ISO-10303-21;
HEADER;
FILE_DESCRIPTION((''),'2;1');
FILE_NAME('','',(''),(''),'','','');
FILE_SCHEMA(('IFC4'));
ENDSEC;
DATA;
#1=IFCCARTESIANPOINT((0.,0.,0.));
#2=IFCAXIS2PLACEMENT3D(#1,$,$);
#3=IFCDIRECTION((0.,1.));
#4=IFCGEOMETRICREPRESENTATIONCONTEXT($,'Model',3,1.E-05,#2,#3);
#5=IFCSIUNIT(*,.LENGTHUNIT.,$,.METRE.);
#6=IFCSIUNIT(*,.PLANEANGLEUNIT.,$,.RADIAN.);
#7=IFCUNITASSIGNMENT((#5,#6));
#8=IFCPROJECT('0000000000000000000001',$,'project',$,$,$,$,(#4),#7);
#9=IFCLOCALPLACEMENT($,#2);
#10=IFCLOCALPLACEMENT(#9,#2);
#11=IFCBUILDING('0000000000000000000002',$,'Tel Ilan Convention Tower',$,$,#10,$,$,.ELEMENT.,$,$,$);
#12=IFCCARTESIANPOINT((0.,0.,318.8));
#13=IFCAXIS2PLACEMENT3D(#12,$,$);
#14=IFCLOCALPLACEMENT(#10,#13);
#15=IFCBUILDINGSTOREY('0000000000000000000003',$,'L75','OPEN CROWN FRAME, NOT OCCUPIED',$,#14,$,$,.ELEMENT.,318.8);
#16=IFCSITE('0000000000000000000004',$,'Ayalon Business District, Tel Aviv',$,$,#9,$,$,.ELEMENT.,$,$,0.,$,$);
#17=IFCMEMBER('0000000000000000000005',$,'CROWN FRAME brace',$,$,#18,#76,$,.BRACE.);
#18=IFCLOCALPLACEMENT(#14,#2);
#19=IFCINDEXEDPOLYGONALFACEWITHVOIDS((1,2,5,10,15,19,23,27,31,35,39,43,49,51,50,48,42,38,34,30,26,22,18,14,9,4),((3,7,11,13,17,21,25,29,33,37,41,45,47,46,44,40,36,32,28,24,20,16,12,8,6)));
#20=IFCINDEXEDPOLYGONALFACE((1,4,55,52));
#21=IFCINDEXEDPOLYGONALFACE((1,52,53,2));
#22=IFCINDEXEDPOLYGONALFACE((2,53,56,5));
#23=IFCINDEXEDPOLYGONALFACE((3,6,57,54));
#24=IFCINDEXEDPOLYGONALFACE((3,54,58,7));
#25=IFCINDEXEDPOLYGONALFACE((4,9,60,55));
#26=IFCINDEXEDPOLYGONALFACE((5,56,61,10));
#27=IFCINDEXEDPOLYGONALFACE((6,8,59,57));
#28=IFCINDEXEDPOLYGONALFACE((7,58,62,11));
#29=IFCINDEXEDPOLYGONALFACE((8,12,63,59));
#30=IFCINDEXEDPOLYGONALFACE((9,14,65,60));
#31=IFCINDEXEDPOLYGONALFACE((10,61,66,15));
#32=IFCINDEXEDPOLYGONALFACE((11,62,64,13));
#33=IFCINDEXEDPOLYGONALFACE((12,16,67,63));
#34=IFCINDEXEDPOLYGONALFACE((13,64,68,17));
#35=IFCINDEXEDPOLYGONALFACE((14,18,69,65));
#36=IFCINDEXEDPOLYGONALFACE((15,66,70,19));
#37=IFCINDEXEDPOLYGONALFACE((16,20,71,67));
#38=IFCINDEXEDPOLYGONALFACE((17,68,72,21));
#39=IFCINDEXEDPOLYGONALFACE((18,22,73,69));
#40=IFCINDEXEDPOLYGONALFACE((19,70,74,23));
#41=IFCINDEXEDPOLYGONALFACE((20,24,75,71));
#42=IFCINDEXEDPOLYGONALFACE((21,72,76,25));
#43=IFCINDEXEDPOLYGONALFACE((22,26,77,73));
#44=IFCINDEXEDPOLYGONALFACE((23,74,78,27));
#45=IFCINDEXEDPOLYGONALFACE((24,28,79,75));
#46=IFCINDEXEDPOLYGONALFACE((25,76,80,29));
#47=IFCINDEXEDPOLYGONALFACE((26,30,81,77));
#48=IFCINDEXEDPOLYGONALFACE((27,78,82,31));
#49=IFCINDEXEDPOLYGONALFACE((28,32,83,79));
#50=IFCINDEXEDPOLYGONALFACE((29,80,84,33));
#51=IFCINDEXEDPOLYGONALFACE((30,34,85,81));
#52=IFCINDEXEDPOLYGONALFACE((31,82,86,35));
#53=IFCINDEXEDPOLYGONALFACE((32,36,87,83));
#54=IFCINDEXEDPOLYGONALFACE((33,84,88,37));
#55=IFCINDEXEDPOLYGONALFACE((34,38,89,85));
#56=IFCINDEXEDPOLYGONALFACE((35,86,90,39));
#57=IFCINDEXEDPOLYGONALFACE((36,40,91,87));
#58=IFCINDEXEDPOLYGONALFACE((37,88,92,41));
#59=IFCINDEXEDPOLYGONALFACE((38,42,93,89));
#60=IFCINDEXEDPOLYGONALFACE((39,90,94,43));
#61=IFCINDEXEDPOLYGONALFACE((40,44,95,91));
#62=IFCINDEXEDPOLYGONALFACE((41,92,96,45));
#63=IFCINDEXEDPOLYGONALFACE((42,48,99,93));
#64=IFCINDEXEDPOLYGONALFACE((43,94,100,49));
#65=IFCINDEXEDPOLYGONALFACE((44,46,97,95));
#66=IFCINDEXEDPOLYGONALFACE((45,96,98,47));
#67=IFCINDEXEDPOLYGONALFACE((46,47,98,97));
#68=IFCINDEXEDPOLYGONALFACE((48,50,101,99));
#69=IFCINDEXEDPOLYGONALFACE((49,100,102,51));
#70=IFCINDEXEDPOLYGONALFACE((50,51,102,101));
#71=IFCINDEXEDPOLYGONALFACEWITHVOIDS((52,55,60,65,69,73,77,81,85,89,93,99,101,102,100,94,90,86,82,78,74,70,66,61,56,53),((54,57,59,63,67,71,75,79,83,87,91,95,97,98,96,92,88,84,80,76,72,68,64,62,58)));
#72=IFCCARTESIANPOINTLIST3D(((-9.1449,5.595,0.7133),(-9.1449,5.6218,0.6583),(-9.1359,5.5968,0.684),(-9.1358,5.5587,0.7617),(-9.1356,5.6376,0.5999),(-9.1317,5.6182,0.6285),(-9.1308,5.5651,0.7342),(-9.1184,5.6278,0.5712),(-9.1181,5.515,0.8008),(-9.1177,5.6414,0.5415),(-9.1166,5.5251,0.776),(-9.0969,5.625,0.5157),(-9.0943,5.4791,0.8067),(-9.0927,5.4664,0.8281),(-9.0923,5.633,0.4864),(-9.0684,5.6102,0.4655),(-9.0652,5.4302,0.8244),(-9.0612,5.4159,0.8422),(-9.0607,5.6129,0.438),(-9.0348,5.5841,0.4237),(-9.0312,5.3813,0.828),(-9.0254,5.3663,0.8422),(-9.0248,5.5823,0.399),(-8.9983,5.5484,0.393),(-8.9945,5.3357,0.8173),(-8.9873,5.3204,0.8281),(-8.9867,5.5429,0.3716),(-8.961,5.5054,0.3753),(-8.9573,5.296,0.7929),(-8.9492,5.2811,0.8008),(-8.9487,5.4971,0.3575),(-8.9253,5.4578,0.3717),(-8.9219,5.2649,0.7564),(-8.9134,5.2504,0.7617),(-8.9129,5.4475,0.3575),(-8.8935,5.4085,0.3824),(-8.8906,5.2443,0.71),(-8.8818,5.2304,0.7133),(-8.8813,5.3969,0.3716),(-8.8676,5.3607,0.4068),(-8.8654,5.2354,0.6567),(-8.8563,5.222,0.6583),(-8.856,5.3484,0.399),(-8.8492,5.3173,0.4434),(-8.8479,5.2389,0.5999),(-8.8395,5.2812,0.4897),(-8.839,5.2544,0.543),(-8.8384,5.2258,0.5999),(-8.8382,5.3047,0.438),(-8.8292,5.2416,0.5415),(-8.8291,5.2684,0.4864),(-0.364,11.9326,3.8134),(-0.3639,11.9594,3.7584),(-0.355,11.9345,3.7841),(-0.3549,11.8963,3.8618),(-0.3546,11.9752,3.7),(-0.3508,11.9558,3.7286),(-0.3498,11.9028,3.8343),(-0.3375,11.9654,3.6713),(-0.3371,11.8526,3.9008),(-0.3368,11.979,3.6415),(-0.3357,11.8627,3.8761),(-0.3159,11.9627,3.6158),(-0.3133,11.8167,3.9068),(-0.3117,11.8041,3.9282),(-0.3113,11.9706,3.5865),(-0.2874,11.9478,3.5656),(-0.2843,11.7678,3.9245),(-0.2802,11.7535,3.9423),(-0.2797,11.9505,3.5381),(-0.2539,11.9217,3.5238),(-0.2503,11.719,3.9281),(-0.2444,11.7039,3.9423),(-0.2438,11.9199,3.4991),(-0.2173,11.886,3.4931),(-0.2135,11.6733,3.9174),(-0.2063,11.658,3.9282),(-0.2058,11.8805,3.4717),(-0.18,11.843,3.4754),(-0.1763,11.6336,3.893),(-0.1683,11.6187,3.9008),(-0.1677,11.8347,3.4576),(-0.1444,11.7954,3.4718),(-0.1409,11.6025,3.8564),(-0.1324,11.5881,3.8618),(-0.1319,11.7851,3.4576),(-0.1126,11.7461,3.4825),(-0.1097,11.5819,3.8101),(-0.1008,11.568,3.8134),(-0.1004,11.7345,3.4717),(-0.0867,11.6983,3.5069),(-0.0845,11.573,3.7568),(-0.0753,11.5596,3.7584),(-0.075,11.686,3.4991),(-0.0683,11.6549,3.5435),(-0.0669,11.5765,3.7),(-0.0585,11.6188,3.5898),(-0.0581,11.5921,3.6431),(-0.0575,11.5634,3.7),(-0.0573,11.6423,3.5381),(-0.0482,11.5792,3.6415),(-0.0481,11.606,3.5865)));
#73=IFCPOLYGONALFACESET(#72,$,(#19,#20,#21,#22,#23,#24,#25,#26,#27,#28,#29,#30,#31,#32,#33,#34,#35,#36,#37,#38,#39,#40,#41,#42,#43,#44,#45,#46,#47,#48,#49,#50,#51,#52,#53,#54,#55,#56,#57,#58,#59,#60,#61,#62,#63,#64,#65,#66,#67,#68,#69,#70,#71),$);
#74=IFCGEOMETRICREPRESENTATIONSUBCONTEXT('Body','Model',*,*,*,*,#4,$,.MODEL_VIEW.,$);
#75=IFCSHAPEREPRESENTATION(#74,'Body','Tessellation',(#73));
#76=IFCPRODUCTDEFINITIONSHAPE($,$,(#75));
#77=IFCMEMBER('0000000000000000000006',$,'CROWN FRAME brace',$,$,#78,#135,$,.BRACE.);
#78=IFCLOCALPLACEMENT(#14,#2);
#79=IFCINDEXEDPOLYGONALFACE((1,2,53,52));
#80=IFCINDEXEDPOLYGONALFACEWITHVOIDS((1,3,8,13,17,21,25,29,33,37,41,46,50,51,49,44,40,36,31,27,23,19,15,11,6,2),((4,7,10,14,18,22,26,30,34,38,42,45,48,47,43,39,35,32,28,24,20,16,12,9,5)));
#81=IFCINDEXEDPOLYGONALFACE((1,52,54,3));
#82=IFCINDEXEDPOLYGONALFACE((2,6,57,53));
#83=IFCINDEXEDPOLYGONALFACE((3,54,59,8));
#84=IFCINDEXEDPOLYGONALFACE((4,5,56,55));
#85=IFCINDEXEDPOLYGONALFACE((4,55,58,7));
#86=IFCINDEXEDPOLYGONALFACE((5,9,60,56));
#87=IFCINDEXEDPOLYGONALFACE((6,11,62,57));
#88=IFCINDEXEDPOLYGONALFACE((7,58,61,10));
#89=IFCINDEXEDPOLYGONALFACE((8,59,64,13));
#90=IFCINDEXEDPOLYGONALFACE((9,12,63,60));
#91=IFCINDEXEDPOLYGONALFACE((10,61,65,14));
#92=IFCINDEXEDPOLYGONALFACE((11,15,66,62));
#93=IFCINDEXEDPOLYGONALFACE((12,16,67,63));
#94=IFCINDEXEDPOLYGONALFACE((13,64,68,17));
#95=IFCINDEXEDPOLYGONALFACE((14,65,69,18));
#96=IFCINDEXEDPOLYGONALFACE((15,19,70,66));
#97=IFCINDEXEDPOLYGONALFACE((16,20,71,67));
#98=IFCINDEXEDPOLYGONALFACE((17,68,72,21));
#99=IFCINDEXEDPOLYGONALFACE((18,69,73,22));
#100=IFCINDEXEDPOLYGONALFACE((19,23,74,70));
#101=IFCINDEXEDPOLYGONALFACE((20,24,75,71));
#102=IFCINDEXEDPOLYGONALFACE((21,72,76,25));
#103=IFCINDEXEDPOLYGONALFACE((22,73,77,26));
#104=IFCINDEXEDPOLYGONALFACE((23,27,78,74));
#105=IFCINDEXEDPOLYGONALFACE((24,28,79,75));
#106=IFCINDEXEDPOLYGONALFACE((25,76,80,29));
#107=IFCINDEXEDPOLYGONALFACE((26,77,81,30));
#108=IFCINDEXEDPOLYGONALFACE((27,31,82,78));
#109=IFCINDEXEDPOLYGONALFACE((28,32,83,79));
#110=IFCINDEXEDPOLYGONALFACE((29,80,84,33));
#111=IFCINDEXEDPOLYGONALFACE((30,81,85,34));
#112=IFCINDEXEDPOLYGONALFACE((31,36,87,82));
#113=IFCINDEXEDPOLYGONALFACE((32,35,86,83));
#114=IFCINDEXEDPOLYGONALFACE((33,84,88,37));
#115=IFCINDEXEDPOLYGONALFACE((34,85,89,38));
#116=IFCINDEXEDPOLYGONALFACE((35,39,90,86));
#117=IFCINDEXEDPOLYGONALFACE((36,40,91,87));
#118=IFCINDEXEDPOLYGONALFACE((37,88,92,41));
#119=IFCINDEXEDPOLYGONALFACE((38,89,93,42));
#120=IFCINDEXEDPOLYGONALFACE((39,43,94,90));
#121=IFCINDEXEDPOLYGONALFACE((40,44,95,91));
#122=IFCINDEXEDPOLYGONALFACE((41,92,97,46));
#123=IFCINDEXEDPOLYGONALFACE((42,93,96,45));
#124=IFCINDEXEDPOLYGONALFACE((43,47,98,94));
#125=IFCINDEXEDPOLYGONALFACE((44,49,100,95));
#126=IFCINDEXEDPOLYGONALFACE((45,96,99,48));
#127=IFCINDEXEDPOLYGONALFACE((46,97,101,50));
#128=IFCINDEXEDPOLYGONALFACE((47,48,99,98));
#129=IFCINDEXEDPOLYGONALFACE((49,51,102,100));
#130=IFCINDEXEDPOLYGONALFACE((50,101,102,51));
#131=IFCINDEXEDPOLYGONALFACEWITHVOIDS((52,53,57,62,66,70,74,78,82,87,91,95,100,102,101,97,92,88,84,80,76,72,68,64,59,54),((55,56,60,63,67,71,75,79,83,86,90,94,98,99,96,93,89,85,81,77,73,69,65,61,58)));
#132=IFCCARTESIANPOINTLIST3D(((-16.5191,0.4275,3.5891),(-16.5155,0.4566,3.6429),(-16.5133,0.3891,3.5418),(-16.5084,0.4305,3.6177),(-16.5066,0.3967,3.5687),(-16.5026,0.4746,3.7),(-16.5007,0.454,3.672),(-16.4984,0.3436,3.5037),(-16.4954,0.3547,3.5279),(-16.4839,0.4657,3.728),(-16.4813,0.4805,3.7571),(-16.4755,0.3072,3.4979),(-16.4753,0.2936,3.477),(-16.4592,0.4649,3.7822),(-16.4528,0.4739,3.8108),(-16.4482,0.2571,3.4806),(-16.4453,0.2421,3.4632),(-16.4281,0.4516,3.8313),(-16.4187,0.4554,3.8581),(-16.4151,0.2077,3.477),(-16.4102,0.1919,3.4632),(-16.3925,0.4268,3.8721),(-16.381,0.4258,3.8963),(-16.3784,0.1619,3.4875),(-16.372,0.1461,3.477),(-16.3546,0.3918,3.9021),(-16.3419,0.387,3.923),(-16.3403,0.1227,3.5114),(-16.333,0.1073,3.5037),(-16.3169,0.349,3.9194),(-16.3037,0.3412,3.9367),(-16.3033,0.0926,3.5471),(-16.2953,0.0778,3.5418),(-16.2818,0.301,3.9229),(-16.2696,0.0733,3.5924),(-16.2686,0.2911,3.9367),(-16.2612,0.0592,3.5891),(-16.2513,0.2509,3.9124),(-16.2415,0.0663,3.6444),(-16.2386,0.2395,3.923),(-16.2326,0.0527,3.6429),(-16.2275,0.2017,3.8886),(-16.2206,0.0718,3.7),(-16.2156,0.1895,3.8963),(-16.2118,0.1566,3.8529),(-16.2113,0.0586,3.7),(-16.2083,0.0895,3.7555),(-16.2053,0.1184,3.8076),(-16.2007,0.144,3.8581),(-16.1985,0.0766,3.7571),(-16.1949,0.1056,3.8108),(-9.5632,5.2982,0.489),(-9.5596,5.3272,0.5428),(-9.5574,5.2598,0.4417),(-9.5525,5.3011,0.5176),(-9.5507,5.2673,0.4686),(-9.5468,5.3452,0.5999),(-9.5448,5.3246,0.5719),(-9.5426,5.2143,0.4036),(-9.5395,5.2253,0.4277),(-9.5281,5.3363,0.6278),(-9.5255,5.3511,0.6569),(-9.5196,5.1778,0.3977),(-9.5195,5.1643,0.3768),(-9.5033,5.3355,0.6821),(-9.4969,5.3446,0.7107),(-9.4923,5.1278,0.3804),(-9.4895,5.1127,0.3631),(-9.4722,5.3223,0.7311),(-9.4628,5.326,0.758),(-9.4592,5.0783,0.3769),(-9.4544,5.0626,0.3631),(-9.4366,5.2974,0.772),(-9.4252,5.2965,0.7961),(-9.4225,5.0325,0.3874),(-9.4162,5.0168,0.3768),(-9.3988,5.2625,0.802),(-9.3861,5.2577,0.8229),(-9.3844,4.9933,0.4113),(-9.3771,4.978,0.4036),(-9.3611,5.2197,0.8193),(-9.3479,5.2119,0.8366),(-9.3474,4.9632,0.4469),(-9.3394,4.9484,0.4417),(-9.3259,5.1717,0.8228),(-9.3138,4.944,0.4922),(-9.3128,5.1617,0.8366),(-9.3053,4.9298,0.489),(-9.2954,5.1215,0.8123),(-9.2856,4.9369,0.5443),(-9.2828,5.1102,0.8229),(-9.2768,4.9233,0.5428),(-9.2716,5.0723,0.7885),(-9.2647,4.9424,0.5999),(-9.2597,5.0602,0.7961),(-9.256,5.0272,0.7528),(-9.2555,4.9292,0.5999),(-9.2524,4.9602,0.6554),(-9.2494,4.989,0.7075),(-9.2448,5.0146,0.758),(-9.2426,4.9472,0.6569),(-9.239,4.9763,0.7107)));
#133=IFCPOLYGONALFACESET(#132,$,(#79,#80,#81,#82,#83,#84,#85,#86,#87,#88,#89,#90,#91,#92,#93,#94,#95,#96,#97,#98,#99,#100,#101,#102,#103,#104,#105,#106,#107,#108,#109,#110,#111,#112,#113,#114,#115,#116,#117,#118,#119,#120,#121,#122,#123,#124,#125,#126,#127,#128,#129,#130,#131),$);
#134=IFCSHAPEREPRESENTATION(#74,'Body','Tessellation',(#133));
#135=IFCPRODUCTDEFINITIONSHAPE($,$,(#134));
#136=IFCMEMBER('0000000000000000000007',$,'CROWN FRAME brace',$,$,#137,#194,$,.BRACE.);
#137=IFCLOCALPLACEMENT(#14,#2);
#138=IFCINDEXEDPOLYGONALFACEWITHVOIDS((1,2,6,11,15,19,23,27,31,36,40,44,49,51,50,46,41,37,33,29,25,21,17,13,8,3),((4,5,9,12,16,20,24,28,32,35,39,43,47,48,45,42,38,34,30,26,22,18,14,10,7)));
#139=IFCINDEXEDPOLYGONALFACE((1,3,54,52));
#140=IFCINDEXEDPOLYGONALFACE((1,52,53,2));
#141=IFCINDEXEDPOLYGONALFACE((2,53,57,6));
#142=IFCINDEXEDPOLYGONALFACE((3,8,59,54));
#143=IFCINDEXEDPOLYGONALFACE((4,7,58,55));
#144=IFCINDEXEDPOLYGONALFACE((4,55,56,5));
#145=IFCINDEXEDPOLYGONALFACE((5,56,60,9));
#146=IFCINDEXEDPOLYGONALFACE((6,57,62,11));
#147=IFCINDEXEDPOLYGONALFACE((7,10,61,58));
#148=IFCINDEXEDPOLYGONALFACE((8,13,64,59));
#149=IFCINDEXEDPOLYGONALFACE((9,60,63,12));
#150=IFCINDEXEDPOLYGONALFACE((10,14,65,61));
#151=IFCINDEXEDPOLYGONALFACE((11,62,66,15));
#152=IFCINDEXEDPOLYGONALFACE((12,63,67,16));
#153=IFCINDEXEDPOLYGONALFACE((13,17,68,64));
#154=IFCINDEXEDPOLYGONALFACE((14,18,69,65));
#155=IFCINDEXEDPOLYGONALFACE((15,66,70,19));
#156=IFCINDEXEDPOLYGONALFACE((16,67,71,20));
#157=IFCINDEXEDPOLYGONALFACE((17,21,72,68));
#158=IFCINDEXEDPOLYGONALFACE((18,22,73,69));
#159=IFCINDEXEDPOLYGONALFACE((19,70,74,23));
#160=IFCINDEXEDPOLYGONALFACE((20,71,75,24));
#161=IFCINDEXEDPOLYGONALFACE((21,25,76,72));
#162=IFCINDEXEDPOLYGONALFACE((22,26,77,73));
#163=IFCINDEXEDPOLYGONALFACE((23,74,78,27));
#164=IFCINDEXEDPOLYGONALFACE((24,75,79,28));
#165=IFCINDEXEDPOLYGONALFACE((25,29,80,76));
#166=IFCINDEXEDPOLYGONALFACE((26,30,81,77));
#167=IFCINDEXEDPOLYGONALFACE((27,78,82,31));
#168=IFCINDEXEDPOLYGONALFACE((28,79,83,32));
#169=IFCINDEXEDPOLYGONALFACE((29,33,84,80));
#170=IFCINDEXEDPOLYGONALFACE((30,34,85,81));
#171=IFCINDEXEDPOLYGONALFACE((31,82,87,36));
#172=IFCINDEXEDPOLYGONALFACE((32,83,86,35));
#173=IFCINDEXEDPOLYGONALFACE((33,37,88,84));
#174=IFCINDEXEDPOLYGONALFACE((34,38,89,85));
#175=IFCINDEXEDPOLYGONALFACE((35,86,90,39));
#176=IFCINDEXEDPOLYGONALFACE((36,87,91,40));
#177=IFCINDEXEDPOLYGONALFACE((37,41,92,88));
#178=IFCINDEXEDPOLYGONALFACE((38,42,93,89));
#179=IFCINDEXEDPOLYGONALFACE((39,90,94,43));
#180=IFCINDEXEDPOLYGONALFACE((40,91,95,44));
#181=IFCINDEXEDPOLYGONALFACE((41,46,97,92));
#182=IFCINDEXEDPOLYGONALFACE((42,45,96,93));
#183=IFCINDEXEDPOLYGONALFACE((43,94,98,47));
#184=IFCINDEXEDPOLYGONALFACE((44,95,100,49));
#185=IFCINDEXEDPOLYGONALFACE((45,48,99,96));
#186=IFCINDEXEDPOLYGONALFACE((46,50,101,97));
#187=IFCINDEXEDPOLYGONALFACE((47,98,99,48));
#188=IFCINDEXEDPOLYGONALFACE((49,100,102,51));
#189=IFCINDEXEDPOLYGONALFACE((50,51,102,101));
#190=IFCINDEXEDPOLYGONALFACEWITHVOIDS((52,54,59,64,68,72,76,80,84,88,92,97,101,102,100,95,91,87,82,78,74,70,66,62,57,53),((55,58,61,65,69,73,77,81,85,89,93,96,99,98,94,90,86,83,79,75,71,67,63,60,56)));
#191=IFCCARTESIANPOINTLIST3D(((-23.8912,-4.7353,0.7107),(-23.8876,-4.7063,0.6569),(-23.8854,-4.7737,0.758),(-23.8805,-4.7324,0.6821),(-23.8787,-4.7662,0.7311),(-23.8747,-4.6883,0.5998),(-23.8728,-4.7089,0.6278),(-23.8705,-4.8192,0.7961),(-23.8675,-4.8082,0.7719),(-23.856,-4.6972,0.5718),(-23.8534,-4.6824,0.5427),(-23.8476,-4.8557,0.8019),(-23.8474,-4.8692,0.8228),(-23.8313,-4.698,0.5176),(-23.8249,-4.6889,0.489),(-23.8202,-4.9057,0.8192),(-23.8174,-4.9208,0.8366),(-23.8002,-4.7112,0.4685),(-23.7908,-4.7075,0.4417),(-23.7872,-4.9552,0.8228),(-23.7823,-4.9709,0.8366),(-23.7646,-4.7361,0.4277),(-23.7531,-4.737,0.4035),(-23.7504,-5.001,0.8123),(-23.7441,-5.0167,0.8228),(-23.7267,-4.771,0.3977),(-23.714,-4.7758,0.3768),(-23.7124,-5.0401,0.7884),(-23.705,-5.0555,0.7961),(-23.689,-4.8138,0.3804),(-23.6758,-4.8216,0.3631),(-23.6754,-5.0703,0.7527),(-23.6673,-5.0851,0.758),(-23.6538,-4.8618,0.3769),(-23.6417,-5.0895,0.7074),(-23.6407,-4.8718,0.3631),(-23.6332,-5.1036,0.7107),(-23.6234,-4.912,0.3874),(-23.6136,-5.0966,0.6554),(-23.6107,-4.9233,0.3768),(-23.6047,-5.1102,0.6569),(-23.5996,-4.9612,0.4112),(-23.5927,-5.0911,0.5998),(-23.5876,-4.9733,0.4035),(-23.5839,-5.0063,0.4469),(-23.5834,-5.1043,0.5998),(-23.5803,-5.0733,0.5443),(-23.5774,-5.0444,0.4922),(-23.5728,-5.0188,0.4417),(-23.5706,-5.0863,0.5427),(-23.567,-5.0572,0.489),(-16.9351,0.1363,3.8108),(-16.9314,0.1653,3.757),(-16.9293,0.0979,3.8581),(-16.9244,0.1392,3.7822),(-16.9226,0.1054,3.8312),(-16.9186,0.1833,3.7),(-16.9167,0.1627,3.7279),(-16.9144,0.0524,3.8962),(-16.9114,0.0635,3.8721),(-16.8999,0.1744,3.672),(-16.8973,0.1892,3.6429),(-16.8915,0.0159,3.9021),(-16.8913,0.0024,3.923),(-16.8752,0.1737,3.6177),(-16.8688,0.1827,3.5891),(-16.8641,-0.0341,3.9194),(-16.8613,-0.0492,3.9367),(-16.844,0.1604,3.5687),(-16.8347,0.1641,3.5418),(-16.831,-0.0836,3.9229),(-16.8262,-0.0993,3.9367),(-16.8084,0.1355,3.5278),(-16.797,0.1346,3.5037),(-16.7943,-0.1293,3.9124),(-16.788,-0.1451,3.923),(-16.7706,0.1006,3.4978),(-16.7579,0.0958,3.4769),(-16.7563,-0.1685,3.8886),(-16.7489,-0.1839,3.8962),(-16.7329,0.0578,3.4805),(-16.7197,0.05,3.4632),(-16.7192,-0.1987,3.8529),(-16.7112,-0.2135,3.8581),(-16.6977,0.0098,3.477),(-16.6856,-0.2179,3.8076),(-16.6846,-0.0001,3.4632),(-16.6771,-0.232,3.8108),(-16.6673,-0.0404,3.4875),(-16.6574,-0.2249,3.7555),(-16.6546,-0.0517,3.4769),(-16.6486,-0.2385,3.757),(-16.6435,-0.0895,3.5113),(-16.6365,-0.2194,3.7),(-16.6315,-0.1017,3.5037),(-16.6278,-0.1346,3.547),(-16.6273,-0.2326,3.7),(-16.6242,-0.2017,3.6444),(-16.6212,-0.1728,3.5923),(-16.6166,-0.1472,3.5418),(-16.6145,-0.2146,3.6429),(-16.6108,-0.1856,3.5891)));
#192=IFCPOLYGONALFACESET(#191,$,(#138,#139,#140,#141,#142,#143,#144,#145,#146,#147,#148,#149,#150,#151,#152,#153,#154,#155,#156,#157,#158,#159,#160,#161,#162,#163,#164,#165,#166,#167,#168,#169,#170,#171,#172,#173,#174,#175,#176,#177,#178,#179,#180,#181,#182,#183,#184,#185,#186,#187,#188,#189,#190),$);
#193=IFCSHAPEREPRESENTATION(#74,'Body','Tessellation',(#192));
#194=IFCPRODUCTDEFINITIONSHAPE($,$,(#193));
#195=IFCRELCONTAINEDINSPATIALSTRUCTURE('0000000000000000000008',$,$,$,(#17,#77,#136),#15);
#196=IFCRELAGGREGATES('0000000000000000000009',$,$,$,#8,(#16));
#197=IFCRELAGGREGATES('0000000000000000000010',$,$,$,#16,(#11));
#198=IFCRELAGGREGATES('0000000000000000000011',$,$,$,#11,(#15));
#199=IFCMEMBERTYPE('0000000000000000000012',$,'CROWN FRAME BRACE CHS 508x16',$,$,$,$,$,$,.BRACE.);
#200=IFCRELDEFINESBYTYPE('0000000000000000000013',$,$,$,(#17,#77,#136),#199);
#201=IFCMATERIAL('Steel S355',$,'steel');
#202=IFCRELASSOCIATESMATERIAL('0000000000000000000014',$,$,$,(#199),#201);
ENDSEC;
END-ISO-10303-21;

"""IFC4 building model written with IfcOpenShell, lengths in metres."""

from ifc_helpers import new_model, si_unit, direction, frame, origin, origin_2d, place, context, subcontext, project, spatial, hollow_circle, extrude, material, material_profile, profile_set, type_object, element, save


model = new_model("IFC4")

# Units and contexts
model_context = context("Model", 3, precision=1e-05, world=origin(), true_north=direction((0.0, 1.0)))
body_context = subcontext(model_context, "Body", "Model", "MODEL_VIEW")
ifc_project = project(units=[si_unit("LENGTHUNIT", "METRE"), si_unit("PLANEANGLEUNIT", "RADIAN")], contexts=[model_context])

# Site, building, storey
site_placement = place(None, origin())
site = spatial("IfcSite", under=ifc_project, at=site_placement, Name="Ayalon Business District, Tel Aviv", CompositionType="ELEMENT", RefElevation=0.0)
building_placement = place(site_placement, origin())
building = spatial("IfcBuilding", under=site, at=building_placement, Name="Tel Ilan Convention Tower", CompositionType="ELEMENT")
storey_placement = place(building_placement, frame((0.0, 0.0, 318.8)))
storey = spatial("IfcBuildingStorey", under=building, at=storey_placement, Name="L75", Description="OPEN CROWN FRAME, NOT OCCUPIED", CompositionType="ELEMENT", Elevation=318.8)

# Members
ifc_material_1 = material(Name="Steel S355", Category="steel")
ifc_material_profile_1 = material_profile(ifc_material_1, hollow_circle(Radius=0.2539, WallThickness=0.0161, at=origin_2d()), Name="CHS 508x16")
ifc_profile_set_1 = profile_set([ifc_material_profile_1], Name="Steel S355")
member_type = type_object("IfcMemberType", Name="CROWN FRAME BRACE CHS 508x16", PredefinedType="BRACE", material=ifc_profile_set_1)
member_1_placement = place(storey_placement, frame((-0.2061, 11.7693, 3.7), z_axis=(-0.779549, -0.562636, -0.275217), x_axis=(0.585236, -0.810863, 0.0)))
element("IfcMember", 1, at=member_1_placement, inside=storey, type_object=member_type, Name="CROWN FRAME brace", PredefinedType="BRACE", context=body_context, shape_type="SweptSolid", body=[
    extrude(hollow_circle(Radius=0.2539, WallThickness=0.0161, at=origin_2d()), origin(), (0.0, 0.0, 1.0), 11.2642),
])
member_2_placement = place(storey_placement, frame((-9.4011, 5.1372, 0.5999), z_axis=(-0.769471, -0.5388, 0.342941), x_axis=(0.573584, -0.819147, 0.0)))
element("IfcMember", 2, at=member_2_placement, inside=storey, type_object=member_type, Name="CROWN FRAME brace", PredefinedType="BRACE", context=body_context, shape_type="SweptSolid", body=[
    extrude(hollow_circle(Radius=0.2539, WallThickness=0.0161, at=origin_2d()), origin(), (0.0, 0.0, 1.0), 9.0398),
])
member_3_placement = place(storey_placement, frame((-16.7729, -0.0247, 3.7), z_axis=(-0.769437, -0.538865, -0.342914), x_axis=(0.573648, -0.819102, 0.0)))
element("IfcMember", 3, at=member_3_placement, inside=storey, type_object=member_type, Name="CROWN FRAME brace", PredefinedType="BRACE", context=body_context, shape_type="SweptSolid", body=[
    extrude(hollow_circle(Radius=0.2539, WallThickness=0.0161, at=origin_2d()), origin(), (0.0, 0.0, 1.0), 9.0405),
])

save(model, "model.ifc")
